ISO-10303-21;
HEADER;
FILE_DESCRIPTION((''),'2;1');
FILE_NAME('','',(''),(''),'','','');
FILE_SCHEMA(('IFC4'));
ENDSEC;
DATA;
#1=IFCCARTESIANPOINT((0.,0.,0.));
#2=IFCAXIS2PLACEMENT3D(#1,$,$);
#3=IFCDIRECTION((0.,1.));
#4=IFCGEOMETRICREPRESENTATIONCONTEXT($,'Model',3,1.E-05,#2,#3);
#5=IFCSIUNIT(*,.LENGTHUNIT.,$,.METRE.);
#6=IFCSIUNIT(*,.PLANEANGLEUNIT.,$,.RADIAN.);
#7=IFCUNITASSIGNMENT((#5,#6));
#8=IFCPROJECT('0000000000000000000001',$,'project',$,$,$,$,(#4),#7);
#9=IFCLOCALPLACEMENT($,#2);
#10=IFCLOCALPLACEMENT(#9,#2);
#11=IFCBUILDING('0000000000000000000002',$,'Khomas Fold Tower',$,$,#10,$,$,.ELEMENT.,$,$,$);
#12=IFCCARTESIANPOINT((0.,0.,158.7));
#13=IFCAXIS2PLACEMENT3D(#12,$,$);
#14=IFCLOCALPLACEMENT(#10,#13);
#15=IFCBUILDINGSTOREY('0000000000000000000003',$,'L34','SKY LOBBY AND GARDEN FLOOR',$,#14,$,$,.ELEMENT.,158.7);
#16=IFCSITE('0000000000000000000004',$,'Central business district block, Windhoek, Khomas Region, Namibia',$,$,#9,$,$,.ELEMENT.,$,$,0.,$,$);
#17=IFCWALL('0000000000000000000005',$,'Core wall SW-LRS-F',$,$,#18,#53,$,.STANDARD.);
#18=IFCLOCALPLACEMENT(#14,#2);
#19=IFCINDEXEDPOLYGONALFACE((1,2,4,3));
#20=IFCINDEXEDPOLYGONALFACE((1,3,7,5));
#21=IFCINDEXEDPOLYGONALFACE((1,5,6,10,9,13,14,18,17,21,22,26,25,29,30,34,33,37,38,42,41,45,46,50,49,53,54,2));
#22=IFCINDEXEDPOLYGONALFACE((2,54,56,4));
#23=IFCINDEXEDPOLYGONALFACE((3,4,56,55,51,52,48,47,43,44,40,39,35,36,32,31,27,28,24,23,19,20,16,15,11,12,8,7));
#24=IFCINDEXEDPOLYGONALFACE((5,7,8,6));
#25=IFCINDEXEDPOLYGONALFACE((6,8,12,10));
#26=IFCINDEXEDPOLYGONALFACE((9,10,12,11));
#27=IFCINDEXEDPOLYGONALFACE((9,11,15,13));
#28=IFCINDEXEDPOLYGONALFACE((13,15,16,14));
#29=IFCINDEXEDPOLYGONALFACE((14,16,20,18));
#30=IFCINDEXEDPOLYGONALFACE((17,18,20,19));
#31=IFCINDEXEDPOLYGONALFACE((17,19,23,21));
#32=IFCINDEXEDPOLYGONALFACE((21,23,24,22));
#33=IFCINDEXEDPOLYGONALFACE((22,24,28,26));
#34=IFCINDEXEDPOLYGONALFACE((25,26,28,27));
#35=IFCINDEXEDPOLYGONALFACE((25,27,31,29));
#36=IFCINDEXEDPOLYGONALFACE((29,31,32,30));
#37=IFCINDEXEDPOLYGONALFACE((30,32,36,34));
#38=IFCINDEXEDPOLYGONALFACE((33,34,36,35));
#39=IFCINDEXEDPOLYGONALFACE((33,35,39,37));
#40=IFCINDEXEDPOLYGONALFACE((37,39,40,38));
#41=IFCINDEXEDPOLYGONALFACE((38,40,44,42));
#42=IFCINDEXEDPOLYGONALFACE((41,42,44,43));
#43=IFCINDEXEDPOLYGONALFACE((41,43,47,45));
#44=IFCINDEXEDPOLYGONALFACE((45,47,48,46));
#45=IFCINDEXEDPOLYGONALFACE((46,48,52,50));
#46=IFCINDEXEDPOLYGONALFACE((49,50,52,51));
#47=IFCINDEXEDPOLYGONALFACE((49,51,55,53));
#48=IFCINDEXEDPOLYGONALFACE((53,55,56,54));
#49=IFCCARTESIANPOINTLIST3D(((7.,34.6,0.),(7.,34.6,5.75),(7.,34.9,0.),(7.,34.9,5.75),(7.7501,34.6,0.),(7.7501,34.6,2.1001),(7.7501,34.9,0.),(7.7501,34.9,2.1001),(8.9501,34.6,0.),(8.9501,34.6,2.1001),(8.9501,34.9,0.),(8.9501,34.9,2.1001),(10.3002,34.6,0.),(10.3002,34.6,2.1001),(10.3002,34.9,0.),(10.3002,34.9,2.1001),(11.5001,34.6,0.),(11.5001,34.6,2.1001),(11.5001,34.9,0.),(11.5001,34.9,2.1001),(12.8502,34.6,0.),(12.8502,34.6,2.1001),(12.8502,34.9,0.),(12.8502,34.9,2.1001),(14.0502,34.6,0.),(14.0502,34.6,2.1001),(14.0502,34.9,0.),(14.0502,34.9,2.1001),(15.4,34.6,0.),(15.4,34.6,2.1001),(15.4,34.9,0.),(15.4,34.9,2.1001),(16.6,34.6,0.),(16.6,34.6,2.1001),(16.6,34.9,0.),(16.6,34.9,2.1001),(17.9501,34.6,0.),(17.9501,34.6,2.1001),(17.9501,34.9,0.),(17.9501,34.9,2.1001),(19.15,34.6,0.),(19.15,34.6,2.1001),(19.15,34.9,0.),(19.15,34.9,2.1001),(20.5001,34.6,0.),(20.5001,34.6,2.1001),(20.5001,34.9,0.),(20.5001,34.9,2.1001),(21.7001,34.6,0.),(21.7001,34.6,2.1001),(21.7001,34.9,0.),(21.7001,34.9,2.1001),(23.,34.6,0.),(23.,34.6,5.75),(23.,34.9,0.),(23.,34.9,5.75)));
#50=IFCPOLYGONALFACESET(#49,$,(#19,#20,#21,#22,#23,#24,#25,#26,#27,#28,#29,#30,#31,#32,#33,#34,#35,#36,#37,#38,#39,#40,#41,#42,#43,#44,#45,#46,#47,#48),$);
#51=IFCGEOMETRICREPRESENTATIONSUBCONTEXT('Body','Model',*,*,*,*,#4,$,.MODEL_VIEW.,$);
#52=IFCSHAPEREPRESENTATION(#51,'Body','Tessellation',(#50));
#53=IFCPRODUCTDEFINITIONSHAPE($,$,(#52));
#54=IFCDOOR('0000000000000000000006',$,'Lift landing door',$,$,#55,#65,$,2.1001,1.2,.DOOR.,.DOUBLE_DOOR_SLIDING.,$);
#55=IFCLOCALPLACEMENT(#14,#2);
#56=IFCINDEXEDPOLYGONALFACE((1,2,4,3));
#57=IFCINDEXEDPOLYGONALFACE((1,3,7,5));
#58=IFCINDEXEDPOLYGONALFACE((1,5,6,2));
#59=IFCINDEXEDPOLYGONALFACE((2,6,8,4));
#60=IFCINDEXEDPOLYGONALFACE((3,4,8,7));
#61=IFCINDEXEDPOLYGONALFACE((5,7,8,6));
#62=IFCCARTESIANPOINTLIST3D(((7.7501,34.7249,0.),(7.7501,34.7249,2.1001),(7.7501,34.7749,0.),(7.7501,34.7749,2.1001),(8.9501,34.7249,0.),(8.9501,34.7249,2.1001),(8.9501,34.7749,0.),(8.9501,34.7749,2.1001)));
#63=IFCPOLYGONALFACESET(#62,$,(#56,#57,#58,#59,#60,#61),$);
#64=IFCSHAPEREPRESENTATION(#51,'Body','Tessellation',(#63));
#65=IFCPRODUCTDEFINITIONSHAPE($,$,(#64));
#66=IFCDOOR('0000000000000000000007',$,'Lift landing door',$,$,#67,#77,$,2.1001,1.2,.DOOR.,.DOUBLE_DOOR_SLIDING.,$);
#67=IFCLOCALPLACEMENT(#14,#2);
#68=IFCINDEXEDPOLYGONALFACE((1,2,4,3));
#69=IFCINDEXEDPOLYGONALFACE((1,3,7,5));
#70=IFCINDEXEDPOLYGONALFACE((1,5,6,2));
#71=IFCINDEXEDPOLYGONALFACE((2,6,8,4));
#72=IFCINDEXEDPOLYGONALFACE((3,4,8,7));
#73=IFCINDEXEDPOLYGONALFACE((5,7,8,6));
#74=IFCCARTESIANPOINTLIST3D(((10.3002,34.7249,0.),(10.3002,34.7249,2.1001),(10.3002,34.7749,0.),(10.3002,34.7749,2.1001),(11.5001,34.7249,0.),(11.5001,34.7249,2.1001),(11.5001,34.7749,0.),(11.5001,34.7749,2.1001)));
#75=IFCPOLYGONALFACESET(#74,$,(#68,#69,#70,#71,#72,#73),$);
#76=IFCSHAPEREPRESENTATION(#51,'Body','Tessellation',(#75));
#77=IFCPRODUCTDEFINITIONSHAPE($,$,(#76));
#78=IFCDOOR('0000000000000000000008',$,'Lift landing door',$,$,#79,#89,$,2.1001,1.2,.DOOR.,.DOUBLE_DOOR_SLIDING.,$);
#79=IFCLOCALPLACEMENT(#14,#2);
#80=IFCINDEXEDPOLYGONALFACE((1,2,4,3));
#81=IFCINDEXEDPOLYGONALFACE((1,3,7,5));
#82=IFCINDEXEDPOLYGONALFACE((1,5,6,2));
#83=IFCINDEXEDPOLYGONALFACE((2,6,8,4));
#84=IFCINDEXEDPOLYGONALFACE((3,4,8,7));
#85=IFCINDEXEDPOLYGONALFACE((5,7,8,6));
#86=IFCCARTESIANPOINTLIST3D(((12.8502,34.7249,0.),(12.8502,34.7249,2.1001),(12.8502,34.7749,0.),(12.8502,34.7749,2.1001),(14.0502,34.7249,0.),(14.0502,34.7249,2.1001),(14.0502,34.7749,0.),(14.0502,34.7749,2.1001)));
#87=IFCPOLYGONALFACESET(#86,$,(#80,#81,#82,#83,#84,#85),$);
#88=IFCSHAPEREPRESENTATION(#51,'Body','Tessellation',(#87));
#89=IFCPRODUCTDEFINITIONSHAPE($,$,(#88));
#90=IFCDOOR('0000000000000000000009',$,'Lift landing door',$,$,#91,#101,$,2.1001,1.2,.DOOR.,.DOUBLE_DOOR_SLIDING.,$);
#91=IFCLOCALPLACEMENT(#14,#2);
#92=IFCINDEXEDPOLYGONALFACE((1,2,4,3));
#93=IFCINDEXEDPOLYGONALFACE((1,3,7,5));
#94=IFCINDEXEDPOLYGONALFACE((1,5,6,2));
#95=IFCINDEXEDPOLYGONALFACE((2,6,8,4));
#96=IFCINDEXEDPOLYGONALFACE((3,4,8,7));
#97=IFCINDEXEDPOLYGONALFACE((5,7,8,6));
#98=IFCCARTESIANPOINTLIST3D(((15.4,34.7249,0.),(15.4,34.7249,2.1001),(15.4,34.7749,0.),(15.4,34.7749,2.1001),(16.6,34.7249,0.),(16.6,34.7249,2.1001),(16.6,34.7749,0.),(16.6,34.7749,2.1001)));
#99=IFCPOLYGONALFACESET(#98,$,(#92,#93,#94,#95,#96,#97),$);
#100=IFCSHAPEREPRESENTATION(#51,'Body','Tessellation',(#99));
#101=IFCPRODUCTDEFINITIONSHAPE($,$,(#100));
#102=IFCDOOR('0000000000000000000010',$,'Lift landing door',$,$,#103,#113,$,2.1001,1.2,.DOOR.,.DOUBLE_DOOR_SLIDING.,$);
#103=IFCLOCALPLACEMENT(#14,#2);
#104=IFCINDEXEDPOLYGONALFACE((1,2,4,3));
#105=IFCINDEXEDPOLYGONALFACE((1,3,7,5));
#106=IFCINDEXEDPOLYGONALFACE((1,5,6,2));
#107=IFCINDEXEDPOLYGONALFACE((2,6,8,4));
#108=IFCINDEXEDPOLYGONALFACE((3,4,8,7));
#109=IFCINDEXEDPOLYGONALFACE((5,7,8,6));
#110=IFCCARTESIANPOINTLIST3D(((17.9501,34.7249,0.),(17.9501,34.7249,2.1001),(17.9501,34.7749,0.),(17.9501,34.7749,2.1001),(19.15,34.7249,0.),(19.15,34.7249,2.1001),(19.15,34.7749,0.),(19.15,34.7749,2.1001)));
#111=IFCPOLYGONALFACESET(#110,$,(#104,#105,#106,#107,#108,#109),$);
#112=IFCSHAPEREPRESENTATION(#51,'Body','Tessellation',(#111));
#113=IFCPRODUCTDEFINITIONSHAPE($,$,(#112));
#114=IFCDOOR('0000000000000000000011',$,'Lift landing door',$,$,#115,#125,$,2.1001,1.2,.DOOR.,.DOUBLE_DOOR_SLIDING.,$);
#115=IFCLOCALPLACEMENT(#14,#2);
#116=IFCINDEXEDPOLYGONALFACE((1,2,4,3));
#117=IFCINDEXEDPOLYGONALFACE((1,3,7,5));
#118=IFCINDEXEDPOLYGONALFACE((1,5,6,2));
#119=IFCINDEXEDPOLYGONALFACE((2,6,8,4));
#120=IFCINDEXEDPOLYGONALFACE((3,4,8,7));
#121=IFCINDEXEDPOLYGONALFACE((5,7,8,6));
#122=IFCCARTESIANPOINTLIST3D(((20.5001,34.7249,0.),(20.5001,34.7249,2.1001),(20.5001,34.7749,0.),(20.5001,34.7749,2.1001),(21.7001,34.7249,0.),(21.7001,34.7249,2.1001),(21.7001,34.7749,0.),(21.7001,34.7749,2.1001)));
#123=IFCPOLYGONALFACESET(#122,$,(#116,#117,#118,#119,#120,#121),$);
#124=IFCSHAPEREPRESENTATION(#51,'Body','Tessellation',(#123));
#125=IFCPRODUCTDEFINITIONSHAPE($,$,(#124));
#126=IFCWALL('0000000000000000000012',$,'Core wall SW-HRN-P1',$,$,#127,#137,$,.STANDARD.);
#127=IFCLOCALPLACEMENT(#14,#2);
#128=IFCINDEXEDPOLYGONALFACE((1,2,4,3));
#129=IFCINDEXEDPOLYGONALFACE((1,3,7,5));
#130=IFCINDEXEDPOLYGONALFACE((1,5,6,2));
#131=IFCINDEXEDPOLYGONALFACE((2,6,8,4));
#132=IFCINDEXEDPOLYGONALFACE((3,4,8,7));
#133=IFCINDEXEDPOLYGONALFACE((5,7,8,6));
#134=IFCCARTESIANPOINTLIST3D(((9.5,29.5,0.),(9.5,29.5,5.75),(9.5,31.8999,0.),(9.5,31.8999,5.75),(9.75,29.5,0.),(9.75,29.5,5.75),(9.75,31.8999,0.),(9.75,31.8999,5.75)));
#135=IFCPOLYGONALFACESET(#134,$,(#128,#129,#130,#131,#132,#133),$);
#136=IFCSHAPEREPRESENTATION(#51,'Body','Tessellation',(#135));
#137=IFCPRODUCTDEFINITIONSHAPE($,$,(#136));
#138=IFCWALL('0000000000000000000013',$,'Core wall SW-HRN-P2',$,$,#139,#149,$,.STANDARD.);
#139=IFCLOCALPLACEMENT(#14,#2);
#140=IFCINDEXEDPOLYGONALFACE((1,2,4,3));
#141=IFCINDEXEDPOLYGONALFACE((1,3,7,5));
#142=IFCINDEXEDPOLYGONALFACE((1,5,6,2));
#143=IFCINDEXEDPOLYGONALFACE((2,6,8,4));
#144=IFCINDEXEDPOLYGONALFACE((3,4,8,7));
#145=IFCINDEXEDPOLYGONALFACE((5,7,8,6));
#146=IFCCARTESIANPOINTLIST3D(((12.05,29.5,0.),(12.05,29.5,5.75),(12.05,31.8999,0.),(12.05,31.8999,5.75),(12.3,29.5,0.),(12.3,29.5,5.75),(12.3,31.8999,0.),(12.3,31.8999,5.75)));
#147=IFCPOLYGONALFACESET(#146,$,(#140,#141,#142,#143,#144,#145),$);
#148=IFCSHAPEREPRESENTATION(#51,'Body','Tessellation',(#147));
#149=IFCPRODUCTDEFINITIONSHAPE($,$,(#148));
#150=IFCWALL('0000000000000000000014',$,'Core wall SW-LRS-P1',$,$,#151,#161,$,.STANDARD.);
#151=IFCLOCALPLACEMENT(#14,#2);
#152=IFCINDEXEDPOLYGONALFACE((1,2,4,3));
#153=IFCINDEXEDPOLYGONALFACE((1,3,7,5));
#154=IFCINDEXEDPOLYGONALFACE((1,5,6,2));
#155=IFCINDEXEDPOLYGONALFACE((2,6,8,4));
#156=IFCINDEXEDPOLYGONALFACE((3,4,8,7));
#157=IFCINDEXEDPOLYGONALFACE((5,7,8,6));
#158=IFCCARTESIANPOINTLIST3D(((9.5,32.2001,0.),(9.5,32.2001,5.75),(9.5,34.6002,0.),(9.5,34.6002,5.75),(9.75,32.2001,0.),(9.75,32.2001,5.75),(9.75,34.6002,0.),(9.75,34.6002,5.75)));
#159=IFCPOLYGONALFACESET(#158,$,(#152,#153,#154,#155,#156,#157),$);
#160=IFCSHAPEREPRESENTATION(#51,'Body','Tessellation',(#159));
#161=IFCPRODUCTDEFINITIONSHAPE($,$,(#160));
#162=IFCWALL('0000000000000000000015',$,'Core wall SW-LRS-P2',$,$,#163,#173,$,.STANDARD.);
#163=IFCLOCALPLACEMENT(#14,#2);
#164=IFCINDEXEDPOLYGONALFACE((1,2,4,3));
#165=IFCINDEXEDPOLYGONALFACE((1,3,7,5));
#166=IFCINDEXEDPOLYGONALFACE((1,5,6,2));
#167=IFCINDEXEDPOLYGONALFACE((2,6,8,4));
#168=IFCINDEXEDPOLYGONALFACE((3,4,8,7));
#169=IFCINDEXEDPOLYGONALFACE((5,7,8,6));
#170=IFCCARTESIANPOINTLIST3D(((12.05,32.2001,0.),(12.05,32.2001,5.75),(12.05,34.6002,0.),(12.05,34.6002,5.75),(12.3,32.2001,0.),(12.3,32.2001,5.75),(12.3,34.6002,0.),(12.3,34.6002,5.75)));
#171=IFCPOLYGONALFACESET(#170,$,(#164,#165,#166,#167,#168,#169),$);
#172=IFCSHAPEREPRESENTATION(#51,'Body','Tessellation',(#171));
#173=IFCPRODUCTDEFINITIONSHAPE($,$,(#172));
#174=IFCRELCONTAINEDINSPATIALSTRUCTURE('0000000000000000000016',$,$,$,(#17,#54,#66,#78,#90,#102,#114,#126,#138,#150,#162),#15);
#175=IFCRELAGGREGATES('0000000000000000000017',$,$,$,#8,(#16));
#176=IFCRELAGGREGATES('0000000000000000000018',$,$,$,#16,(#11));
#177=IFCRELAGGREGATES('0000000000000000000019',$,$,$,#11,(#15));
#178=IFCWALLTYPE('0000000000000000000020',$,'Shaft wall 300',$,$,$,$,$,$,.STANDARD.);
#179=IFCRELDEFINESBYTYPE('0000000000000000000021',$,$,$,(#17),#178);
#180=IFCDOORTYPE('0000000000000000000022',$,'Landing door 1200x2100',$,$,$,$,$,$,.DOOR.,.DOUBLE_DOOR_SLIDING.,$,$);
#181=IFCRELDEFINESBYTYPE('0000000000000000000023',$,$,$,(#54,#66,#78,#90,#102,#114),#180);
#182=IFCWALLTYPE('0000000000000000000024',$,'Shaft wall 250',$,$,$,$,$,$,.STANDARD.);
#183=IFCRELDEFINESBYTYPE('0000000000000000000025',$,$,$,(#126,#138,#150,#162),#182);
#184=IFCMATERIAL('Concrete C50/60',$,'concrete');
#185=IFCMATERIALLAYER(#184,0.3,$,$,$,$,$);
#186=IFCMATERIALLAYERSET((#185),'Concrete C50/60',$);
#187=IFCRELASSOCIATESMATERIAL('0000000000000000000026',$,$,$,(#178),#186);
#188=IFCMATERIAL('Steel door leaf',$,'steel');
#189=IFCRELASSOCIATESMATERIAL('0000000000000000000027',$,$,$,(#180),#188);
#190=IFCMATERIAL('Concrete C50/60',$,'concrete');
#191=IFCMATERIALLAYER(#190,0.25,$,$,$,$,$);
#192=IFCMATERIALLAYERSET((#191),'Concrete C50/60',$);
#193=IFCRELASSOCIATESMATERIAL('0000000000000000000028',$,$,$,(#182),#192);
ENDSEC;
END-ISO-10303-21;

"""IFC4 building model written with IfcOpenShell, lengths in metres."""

from ifc_helpers import new_model, si_unit, direction, frame, frame_2d, origin, place, context, subcontext, project, spatial, rectangle, extrude, source, transform, mapped, material, layer, layer_set, type_object, element, fill, save


model = new_model("IFC4")

# Units and contexts
model_context = context("Model", 3, precision=1e-05, world=origin(), true_north=direction((0.0, 1.0)))
body_context = subcontext(model_context, "Body", "Model", "MODEL_VIEW")
ifc_project = project(units=[si_unit("LENGTHUNIT", "METRE"), si_unit("PLANEANGLEUNIT", "RADIAN")], contexts=[model_context])

# Site, building, storey
site_placement = place(None, origin())
site = spatial("IfcSite", under=ifc_project, at=site_placement, Name="Central business district block, Windhoek, Khomas Region, Namibia", CompositionType="ELEMENT", RefElevation=0.0)
building_placement = place(site_placement, origin())
building = spatial("IfcBuilding", under=site, at=building_placement, Name="Khomas Fold Tower", CompositionType="ELEMENT")
storey_placement = place(building_placement, frame((0.0, 0.0, 158.7)))
storey = spatial("IfcBuildingStorey", under=building, at=storey_placement, Name="L34", Description="SKY LOBBY AND GARDEN FLOOR", CompositionType="ELEMENT", Elevation=158.7)

# Shared definitions
ifc_material_1 = material(Name="Concrete C50/60", Category="concrete")
ifc_layer_1 = layer(ifc_material_1, 0.3)
ifc_layer_set_1 = layer_set([ifc_layer_1], Name="Concrete C50/60")
wall_type_1 = type_object("IfcWallType", Name="Shaft wall 300", PredefinedType="STANDARD", material=ifc_layer_set_1)
shared_shape_1 = source(origin(), body_context, "Body", "SweptSolid", [
    extrude(rectangle(XDim=16.0, YDim=0.3, at=frame_2d((8.0, 0.0))), origin(), (0.0, 0.0, 1.0), 5.75),
])

# Wall, openings, doors
shared_shape_2 = source(origin(), body_context, "Body", "SweptSolid", [
    extrude(rectangle(XDim=1.2, YDim=2.1001, at=frame_2d((0.6001, 1.05))), frame((0.0, 0.1599, 0.0), z_axis=(0.0, -1.0, 0.0), x_axis=(1.0, 0.0, 0.0)), (0.0, 0.0, 1.0), 0.3201),
])
ifc_material_2 = material(Name="Steel door leaf", Category="steel")
door_type = type_object("IfcDoorType", Name="Landing door 1200x2100", OperationType="DOUBLE_DOOR_SLIDING", PredefinedType="DOOR", material=ifc_material_2)
shared_shape_3 = source(origin(), body_context, "Body", "SweptSolid", [
    extrude(rectangle(XDim=1.2, YDim=2.1001, at=frame_2d((0.6001, 1.05))), frame((0.0, 0.0249, 0.0), z_axis=(0.0, -1.0, 0.0), x_axis=(1.0, 0.0, 0.0)), (0.0, 0.0, 1.0), 0.05),
])
wall_1_placement = place(storey_placement, frame((7.0, 34.75, 0.0), z_axis=(0.0, 0.0, 1.0), x_axis=(1.0, 0.0, 0.0)))
wall_1 = element("IfcWall", 1, at=wall_1_placement, inside=storey, type_object=wall_type_1, Name="Core wall SW-LRS-F", PredefinedType="STANDARD", context=body_context, shape_type="MappedRepresentation", body=[
    mapped(shared_shape_1, transform((0.0, 0.0, 0.0))),
])
opening_1_placement = place(wall_1_placement, frame((0.75, 0.0, 0.0)))
opening_1 = element("IfcOpeningElement", 2, at=opening_1_placement, cuts=wall_1, PredefinedType="OPENING", context=body_context, shape_type="MappedRepresentation", body=[
    mapped(shared_shape_2, transform((0.0, 0.0, 0.0))),
])
opening_2_placement = place(wall_1_placement, frame((3.3, 0.0, 0.0)))
opening_2 = element("IfcOpeningElement", 3, at=opening_2_placement, cuts=wall_1, PredefinedType="OPENING", context=body_context, shape_type="MappedRepresentation", body=[
    mapped(shared_shape_2, transform((0.0, 0.0, 0.0))),
])
opening_3_placement = place(wall_1_placement, frame((5.8501, 0.0, 0.0)))
opening_3 = element("IfcOpeningElement", 4, at=opening_3_placement, cuts=wall_1, PredefinedType="OPENING", context=body_context, shape_type="MappedRepresentation", body=[
    mapped(shared_shape_2, transform((0.0, 0.0, 0.0))),
])
opening_4_placement = place(wall_1_placement, frame((8.3999, 0.0, 0.0)))
opening_4 = element("IfcOpeningElement", 5, at=opening_4_placement, cuts=wall_1, PredefinedType="OPENING", context=body_context, shape_type="MappedRepresentation", body=[
    mapped(shared_shape_2, transform((0.0, 0.0, 0.0))),
])
opening_5_placement = place(wall_1_placement, frame((10.95, 0.0, 0.0)))
opening_5 = element("IfcOpeningElement", 6, at=opening_5_placement, cuts=wall_1, PredefinedType="OPENING", context=body_context, shape_type="MappedRepresentation", body=[
    mapped(shared_shape_2, transform((0.0, 0.0, 0.0))),
])
opening_6_placement = place(wall_1_placement, frame((13.5, 0.0, 0.0)))
opening_6 = element("IfcOpeningElement", 7, at=opening_6_placement, cuts=wall_1, PredefinedType="OPENING", context=body_context, shape_type="MappedRepresentation", body=[
    mapped(shared_shape_2, transform((0.0, 0.0, 0.0))),
])
door_1_placement = place(opening_1_placement, origin())
door_1 = element("IfcDoor", 8, at=door_1_placement, inside=storey, type_object=door_type, Name="Lift landing door", OperationType="DOUBLE_DOOR_SLIDING", OverallHeight=2.1001, OverallWidth=1.2, PredefinedType="DOOR", context=body_context, shape_type="MappedRepresentation", body=[
    mapped(shared_shape_3, transform((0.0, 0.0, 0.0))),
])
fill(opening_1, door_1)
door_2_placement = place(opening_2_placement, origin())
door_2 = element("IfcDoor", 9, at=door_2_placement, inside=storey, type_object=door_type, Name="Lift landing door", OperationType="DOUBLE_DOOR_SLIDING", OverallHeight=2.1001, OverallWidth=1.2, PredefinedType="DOOR", context=body_context, shape_type="MappedRepresentation", body=[
    mapped(shared_shape_3, transform((0.0, 0.0, 0.0))),
])
fill(opening_2, door_2)
door_3_placement = place(opening_3_placement, origin())
door_3 = element("IfcDoor", 10, at=door_3_placement, inside=storey, type_object=door_type, Name="Lift landing door", OperationType="DOUBLE_DOOR_SLIDING", OverallHeight=2.1001, OverallWidth=1.2, PredefinedType="DOOR", context=body_context, shape_type="MappedRepresentation", body=[
    mapped(shared_shape_3, transform((0.0, 0.0, 0.0))),
])
fill(opening_3, door_3)
door_4_placement = place(opening_4_placement, origin())
door_4 = element("IfcDoor", 11, at=door_4_placement, inside=storey, type_object=door_type, Name="Lift landing door", OperationType="DOUBLE_DOOR_SLIDING", OverallHeight=2.1001, OverallWidth=1.2, PredefinedType="DOOR", context=body_context, shape_type="MappedRepresentation", body=[
    mapped(shared_shape_3, transform((0.0, 0.0, 0.0))),
])
fill(opening_4, door_4)
door_5_placement = place(opening_5_placement, origin())
door_5 = element("IfcDoor", 12, at=door_5_placement, inside=storey, type_object=door_type, Name="Lift landing door", OperationType="DOUBLE_DOOR_SLIDING", OverallHeight=2.1001, OverallWidth=1.2, PredefinedType="DOOR", context=body_context, shape_type="MappedRepresentation", body=[
    mapped(shared_shape_3, transform((0.0, 0.0, 0.0))),
])
fill(opening_5, door_5)
door_6_placement = place(opening_6_placement, origin())
door_6 = element("IfcDoor", 13, at=door_6_placement, inside=storey, type_object=door_type, Name="Lift landing door", OperationType="DOUBLE_DOOR_SLIDING", OverallHeight=2.1001, OverallWidth=1.2, PredefinedType="DOOR", context=body_context, shape_type="MappedRepresentation", body=[
    mapped(shared_shape_3, transform((0.0, 0.0, 0.0))),
])
fill(opening_6, door_6)

# Walls
ifc_material_3 = material(Name="Concrete C50/60", Category="concrete")
ifc_layer_2 = layer(ifc_material_3, 0.25)
ifc_layer_set_2 = layer_set([ifc_layer_2], Name="Concrete C50/60")
wall_type_2 = type_object("IfcWallType", Name="Shaft wall 250", PredefinedType="STANDARD", material=ifc_layer_set_2)
shared_shape_4 = source(origin(), body_context, "Body", "SweptSolid", [
    extrude(rectangle(XDim=2.3999, YDim=0.25, at=frame_2d((1.2, 0.0))), origin(), (0.0, 0.0, 1.0), 5.75),
])
for number, where, z_axis, x_axis, name in (
    (14, (9.625, 29.5, 0.0), (0.0, 0.0, 1.0), (0.0, 1.0, 0.0), "Core wall SW-HRN-P1"),
    (15, (12.175, 29.5, 0.0), (0.0, 0.0, 1.0), (0.0, 1.0, 0.0), "Core wall SW-HRN-P2"),
):
    element("IfcWall", number, at=place(storey_placement, frame(where, z_axis=z_axis, x_axis=x_axis)), inside=storey, type_object=wall_type_2, Name=name, PredefinedType="STANDARD", context=body_context, shape_type="MappedRepresentation", body=[
        mapped(shared_shape_4, transform((0.0, 0.0, 0.0))),
    ])
shared_shape_5 = source(origin(), body_context, "Body", "SweptSolid", [
    extrude(rectangle(XDim=2.4001, YDim=0.25, at=frame_2d((1.2002, 0.0))), origin(), (0.0, 0.0, 1.0), 5.75),
])
for number, where, z_axis, x_axis, name in (
    (16, (9.625, 32.2, 0.0), (0.0, 0.0, 1.0), (0.0, 1.0, 0.0), "Core wall SW-LRS-P1"),
    (17, (12.175, 32.2, 0.0), (0.0, 0.0, 1.0), (0.0, 1.0, 0.0), "Core wall SW-LRS-P2"),
):
    element("IfcWall", number, at=place(storey_placement, frame(where, z_axis=z_axis, x_axis=x_axis)), inside=storey, type_object=wall_type_2, Name=name, PredefinedType="STANDARD", context=body_context, shape_type="MappedRepresentation", body=[
        mapped(shared_shape_5, transform((0.0, 0.0, 0.0))),
    ])

save(model, "model.ifc")
